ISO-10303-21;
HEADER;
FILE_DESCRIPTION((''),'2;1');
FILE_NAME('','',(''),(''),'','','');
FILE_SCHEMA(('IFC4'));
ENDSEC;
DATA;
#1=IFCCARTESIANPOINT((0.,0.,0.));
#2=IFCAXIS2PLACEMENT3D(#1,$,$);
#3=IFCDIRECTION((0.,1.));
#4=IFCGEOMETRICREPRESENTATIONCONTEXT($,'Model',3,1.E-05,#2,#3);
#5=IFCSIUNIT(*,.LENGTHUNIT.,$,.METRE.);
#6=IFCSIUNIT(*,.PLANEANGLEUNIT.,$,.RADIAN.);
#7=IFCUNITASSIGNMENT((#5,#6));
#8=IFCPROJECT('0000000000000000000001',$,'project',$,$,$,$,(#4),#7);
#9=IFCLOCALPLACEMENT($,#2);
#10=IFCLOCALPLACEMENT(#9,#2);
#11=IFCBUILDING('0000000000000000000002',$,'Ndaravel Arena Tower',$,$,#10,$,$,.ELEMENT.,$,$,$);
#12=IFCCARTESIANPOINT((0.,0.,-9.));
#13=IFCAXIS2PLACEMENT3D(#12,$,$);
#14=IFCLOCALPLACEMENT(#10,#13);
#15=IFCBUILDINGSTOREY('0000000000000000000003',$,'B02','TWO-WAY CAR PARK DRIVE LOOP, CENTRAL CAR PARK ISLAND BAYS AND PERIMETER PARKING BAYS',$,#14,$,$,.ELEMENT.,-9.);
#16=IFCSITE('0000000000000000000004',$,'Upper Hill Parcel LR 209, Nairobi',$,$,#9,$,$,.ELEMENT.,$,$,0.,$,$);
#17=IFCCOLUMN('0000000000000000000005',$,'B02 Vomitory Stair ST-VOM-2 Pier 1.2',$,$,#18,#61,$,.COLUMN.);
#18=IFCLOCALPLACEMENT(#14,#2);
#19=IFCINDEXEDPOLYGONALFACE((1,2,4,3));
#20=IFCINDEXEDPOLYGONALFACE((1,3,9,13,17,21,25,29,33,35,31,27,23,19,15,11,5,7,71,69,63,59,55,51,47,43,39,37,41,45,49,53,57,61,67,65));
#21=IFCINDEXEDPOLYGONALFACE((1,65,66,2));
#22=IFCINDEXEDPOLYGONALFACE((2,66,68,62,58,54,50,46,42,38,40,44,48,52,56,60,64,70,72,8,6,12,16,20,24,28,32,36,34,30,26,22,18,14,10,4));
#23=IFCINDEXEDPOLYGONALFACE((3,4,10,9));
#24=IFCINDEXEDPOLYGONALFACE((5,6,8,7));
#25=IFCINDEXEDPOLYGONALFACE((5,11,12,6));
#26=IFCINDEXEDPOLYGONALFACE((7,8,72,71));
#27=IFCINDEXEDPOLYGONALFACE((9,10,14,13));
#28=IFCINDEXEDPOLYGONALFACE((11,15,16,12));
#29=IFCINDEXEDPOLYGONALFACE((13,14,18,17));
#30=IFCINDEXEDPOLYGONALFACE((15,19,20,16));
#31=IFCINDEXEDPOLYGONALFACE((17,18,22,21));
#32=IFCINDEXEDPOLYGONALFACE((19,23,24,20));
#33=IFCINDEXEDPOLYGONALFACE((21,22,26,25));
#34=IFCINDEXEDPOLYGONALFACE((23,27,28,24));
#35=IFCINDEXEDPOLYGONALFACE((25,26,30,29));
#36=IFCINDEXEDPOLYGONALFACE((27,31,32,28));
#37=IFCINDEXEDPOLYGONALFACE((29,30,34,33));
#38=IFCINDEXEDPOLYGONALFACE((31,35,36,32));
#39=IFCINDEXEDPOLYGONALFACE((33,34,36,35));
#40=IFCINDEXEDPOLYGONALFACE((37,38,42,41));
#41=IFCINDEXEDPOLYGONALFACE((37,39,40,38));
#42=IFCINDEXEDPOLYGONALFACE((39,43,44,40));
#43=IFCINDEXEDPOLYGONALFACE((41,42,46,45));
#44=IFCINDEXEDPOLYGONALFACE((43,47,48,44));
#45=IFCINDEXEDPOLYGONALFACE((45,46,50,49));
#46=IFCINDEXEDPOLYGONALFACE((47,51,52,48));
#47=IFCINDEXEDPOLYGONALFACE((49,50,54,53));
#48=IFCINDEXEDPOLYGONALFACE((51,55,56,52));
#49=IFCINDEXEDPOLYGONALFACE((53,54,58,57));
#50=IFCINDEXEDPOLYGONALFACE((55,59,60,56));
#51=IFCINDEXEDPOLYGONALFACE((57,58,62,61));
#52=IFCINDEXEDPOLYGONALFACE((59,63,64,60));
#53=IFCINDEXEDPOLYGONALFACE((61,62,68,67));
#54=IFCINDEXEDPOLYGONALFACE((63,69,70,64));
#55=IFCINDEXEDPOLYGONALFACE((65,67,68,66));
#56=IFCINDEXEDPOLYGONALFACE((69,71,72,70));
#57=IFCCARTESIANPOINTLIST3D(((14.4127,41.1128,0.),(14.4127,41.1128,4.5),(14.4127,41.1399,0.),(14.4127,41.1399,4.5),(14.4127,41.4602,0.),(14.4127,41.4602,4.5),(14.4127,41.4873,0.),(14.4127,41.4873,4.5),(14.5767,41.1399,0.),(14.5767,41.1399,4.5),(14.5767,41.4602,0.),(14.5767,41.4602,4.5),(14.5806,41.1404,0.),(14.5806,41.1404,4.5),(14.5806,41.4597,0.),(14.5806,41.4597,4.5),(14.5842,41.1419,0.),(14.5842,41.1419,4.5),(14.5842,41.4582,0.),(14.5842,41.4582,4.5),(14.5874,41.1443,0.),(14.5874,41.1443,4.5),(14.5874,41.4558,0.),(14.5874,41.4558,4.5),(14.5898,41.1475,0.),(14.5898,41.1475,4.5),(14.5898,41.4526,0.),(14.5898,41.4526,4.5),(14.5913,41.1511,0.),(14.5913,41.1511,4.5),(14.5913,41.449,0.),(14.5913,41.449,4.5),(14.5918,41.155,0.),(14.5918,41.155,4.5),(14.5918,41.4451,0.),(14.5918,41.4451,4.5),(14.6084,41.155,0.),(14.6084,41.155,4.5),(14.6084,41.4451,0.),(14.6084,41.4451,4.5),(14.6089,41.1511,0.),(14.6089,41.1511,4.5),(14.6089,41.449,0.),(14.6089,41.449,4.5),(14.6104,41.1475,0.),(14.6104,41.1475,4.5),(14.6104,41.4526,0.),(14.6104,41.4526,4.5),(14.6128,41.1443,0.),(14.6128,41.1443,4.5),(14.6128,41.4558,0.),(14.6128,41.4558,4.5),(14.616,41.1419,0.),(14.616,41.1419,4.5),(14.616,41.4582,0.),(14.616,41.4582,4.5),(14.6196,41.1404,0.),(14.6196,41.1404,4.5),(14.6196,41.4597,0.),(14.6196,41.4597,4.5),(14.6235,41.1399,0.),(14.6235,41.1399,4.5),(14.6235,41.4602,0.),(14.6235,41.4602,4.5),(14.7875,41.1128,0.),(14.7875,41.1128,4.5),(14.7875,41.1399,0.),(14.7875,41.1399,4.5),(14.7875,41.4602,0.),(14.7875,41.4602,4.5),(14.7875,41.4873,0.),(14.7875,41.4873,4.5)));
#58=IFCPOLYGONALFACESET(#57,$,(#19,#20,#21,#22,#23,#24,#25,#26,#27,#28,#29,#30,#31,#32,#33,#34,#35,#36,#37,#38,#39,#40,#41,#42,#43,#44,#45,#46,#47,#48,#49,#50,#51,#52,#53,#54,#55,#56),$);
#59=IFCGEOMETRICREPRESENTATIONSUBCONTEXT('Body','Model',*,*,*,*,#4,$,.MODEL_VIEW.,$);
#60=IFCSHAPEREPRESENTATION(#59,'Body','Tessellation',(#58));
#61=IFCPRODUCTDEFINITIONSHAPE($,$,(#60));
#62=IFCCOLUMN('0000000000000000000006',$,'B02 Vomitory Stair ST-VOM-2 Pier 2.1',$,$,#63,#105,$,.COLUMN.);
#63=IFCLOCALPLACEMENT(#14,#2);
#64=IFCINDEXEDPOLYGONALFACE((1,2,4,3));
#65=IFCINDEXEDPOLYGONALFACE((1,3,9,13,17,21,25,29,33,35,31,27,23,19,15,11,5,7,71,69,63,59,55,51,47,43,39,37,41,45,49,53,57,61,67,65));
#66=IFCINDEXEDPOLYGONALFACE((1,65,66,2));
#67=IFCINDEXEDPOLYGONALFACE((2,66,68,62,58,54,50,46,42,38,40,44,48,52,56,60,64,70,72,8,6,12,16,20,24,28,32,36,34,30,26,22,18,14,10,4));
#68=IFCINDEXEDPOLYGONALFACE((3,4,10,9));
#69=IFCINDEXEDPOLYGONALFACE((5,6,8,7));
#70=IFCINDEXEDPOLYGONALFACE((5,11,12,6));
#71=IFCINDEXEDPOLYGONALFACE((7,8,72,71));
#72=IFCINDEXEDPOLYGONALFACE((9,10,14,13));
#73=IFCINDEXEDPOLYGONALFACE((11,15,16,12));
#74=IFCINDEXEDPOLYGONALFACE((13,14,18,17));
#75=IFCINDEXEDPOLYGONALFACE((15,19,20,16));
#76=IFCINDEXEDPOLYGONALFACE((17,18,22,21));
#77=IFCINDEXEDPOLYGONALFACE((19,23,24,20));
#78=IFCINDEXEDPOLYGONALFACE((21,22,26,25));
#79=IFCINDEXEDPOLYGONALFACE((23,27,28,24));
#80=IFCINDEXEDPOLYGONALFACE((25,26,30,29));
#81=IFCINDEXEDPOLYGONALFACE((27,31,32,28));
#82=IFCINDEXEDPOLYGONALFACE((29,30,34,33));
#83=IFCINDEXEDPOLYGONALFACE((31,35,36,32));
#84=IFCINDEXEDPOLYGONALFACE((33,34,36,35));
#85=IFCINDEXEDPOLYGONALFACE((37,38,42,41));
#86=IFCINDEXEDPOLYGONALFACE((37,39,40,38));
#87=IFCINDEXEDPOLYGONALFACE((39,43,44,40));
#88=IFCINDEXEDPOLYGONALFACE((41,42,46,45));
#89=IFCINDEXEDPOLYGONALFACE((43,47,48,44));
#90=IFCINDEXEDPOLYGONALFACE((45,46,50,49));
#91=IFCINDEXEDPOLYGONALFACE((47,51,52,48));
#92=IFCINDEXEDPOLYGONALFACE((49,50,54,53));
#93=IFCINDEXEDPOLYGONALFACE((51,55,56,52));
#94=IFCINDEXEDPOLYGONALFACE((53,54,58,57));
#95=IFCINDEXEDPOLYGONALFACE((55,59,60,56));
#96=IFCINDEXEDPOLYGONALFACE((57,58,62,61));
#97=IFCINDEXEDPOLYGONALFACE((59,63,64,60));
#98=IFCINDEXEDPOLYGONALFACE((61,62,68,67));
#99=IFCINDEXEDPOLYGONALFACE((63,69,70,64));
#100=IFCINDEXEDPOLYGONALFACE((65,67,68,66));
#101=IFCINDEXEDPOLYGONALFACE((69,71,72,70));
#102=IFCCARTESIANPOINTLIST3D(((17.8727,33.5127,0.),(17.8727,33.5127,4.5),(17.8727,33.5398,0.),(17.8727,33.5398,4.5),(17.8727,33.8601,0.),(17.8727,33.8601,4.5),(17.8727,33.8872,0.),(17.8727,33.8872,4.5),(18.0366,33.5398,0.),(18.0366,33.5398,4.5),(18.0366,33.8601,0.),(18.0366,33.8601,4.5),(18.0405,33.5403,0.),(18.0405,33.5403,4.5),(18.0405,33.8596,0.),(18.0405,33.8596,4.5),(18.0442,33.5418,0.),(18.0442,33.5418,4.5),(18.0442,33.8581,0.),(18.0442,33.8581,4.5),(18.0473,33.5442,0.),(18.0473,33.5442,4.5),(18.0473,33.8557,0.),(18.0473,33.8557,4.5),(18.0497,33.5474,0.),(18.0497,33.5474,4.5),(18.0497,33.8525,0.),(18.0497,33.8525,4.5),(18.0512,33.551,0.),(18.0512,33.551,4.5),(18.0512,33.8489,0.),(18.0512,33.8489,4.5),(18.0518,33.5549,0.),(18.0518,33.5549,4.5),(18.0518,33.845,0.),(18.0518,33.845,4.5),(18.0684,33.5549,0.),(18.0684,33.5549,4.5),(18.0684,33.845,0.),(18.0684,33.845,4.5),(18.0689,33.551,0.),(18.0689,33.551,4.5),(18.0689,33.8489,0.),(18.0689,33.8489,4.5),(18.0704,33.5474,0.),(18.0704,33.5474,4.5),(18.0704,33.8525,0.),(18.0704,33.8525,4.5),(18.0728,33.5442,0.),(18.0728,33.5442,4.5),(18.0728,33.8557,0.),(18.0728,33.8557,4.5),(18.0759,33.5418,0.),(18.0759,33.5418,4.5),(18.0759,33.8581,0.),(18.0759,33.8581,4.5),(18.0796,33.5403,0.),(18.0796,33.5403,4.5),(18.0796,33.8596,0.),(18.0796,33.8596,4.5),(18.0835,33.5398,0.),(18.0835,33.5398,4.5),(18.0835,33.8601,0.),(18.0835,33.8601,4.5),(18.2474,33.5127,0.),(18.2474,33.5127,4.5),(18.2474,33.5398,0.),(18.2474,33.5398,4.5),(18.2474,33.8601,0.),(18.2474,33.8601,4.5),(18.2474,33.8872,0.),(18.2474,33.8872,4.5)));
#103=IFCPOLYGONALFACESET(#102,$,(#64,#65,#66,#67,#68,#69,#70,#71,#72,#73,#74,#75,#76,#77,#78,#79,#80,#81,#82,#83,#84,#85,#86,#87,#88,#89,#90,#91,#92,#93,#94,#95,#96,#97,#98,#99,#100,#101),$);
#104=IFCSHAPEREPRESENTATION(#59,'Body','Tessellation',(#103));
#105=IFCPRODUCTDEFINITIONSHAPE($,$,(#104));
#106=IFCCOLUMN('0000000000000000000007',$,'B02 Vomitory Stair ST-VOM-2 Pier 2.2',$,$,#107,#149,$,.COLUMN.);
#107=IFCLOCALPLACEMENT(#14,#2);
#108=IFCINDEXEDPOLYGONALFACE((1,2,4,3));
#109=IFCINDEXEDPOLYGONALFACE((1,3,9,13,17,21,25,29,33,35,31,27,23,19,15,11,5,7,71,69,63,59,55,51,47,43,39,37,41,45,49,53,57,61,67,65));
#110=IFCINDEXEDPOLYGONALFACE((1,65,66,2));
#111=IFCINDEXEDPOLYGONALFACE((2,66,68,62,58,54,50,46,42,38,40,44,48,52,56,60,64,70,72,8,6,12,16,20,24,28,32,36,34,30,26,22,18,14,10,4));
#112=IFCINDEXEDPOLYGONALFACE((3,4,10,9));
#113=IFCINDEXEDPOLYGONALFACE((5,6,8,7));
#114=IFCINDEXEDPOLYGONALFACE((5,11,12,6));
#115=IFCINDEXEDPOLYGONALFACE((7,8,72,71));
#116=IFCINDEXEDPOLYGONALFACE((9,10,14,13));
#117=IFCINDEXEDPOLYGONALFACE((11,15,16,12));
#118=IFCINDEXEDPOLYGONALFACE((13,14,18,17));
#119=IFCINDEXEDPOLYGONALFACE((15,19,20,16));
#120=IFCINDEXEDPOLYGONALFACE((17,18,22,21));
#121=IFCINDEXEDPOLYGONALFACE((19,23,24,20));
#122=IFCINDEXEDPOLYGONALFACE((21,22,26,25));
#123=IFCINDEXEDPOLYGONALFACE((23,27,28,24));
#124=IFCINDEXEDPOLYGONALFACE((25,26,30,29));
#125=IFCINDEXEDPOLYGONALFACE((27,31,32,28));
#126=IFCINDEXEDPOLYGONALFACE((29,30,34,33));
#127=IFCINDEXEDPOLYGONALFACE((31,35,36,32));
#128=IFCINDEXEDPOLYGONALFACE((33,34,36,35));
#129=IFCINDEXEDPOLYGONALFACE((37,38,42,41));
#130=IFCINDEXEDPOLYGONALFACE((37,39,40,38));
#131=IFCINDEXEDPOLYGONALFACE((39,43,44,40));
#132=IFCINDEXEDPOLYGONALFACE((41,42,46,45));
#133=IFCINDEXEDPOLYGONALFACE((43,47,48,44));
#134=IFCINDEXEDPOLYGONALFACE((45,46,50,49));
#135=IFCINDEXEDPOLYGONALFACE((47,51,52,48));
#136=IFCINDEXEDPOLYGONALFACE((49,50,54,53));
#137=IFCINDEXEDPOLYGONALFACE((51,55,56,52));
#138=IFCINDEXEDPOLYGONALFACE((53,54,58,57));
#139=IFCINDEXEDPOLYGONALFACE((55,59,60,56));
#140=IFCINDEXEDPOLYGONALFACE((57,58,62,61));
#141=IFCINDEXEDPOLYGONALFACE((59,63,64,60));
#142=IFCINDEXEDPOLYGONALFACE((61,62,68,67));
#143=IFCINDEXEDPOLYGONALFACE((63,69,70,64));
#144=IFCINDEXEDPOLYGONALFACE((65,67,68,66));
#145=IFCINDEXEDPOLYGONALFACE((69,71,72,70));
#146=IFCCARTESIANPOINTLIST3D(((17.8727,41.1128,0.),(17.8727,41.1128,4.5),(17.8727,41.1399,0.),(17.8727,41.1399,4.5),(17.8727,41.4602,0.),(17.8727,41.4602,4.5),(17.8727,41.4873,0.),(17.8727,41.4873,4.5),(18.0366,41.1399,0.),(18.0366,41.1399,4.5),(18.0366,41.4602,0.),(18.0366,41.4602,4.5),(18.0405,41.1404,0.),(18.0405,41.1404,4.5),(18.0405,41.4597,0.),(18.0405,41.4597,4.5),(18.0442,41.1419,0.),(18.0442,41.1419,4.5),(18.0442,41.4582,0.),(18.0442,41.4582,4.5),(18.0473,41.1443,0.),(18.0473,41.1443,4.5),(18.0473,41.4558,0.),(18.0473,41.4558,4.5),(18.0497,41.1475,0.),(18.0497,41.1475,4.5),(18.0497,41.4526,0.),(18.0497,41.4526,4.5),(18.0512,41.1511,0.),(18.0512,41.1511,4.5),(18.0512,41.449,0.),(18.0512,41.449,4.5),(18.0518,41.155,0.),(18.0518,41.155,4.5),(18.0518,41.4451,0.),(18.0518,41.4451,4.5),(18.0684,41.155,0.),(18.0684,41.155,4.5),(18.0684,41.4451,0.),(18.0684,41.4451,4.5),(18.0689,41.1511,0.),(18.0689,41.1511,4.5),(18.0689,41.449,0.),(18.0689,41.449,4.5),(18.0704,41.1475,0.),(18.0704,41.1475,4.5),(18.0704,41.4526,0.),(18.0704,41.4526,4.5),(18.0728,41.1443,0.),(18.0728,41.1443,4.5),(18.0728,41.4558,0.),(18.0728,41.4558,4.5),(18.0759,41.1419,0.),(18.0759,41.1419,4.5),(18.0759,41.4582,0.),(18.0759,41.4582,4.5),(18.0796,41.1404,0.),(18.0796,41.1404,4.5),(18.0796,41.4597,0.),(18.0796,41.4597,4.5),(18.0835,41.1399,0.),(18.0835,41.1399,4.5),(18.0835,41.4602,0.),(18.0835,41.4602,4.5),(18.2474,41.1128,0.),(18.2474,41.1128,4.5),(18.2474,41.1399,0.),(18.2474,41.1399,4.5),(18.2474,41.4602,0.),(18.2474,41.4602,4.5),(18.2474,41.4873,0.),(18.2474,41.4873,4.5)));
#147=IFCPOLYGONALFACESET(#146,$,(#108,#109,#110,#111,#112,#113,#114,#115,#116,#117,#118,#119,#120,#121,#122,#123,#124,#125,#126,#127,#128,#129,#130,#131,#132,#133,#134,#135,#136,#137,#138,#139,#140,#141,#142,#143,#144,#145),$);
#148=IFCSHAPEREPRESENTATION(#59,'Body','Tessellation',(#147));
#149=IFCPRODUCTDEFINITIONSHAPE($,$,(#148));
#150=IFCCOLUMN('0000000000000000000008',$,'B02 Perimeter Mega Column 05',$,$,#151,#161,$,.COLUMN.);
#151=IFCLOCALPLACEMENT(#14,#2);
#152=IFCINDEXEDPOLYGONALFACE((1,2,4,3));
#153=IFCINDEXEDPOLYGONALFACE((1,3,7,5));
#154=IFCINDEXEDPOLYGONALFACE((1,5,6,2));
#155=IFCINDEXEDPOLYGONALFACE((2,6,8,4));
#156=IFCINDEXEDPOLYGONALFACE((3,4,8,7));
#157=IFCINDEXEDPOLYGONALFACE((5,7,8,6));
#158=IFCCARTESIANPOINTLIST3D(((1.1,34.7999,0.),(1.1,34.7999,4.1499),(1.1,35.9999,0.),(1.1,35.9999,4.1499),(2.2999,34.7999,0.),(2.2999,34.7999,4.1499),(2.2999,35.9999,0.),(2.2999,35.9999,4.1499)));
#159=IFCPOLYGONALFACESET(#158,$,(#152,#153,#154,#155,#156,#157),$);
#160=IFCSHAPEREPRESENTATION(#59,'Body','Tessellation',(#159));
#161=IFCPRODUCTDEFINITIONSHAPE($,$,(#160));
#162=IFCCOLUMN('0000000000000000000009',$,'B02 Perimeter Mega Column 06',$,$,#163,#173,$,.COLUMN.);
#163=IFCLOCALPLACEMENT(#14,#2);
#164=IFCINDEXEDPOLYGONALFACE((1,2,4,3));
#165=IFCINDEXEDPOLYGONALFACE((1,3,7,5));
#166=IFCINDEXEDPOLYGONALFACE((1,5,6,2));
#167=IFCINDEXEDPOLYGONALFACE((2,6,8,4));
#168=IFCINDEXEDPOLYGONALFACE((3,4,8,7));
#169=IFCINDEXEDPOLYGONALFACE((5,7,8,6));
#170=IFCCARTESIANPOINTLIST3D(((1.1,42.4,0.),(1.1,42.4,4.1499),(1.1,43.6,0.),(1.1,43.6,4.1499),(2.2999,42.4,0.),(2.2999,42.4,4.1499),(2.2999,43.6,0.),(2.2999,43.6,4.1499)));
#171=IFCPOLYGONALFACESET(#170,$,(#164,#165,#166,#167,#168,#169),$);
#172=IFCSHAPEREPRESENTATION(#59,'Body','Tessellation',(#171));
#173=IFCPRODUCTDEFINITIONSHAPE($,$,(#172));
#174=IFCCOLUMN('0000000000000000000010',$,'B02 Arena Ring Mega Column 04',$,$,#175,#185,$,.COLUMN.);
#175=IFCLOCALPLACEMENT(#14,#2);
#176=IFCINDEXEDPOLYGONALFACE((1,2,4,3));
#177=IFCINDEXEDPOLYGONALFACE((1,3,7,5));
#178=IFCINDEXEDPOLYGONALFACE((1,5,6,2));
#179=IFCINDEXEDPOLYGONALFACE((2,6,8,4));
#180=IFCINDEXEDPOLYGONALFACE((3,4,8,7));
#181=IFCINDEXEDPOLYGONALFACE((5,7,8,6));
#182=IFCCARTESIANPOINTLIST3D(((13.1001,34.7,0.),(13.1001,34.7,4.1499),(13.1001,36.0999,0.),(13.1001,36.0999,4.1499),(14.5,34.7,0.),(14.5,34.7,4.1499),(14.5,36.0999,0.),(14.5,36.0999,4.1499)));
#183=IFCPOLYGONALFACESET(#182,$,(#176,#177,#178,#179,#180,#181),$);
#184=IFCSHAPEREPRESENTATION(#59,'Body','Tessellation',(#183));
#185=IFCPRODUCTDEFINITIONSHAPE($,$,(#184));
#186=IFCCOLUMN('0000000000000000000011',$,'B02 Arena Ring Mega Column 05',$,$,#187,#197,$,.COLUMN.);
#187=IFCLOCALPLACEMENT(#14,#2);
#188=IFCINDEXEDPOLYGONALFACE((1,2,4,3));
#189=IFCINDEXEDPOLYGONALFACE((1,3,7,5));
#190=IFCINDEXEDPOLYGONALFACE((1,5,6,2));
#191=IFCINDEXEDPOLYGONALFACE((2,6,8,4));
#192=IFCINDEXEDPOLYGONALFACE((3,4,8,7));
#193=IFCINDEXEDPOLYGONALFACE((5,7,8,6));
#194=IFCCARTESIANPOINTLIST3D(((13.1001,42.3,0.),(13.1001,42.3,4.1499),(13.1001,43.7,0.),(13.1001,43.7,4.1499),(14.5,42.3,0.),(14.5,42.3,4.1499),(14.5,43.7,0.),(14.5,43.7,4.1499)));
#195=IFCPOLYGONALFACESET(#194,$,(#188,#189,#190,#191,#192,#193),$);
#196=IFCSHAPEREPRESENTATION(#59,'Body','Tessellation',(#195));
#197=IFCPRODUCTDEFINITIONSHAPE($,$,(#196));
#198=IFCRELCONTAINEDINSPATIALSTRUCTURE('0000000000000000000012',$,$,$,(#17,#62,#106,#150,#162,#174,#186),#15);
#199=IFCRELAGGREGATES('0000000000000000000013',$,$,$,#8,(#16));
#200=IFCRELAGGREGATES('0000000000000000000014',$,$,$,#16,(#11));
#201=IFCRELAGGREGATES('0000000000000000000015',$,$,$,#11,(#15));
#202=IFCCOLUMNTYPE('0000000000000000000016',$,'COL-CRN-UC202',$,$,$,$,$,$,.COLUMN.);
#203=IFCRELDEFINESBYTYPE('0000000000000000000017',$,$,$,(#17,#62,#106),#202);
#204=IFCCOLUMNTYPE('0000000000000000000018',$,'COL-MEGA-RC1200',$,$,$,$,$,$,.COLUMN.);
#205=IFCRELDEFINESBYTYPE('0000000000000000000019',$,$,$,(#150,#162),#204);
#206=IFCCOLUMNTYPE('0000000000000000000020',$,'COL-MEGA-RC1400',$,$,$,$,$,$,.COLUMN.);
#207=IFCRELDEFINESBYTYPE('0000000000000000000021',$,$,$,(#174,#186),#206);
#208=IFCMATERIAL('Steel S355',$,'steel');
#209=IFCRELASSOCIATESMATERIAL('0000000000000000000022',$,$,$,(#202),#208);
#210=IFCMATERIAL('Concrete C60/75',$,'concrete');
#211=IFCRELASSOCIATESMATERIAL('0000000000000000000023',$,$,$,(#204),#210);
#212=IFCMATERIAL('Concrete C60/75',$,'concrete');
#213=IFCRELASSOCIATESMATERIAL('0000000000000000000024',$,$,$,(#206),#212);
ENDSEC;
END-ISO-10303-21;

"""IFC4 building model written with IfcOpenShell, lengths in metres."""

from ifc_helpers import new_model, si_unit, direction, frame, origin, origin_2d, place, context, subcontext, project, spatial, rectangle, i_section, extrude, material, material_profile, profile_set, type_object, element, save


model = new_model("IFC4")

# Units and contexts
model_context = context("Model", 3, precision=1e-05, world=origin(), true_north=direction((0.0, 1.0)))
body_context = subcontext(model_context, "Body", "Model", "MODEL_VIEW")
ifc_project = project(units=[si_unit("LENGTHUNIT", "METRE"), si_unit("PLANEANGLEUNIT", "RADIAN")], contexts=[model_context])

# Site, building, storey
site_placement = place(None, origin())
site = spatial("IfcSite", under=ifc_project, at=site_placement, Name="Upper Hill Parcel LR 209, Nairobi", CompositionType="ELEMENT", RefElevation=0.0)
building_placement = place(site_placement, origin())
building = spatial("IfcBuilding", under=site, at=building_placement, Name="Ndaravel Arena Tower", CompositionType="ELEMENT")
storey_placement = place(building_placement, frame((0.0, 0.0, -9.0)))
storey = spatial("IfcBuildingStorey", under=building, at=storey_placement, Name="B02", Description="TWO-WAY CAR PARK DRIVE LOOP, CENTRAL CAR PARK ISLAND BAYS AND PERIMETER PARKING BAYS", CompositionType="ELEMENT", Elevation=-9.0)

# Columns
ifc_material_1 = material(Name="Steel S355", Category="steel")
ifc_material_profile_1 = material_profile(ifc_material_1, i_section(OverallWidth=0.3748, OverallDepth=0.3745, WebThickness=0.0166, FlangeThickness=0.0271, FilletRadius=0.0151, at=origin_2d()), Name="UC 356x368x202")
ifc_profile_set_1 = profile_set([ifc_material_profile_1], Name="Steel S355")
column_type_1 = type_object("IfcColumnType", Name="COL-CRN-UC202", PredefinedType="COLUMN", material=ifc_profile_set_1)
for number, where, z_axis, x_axis, name in (
    (1, (14.6001, 41.3, 0.0), (0.0, 0.0, 1.0), (1.0, 0.0, 0.0), "B02 Vomitory Stair ST-VOM-2 Pier 1.2"),
    (2, (18.0601, 33.7, 0.0), (0.0, 0.0, 1.0), (1.0, 0.0, 0.0), "B02 Vomitory Stair ST-VOM-2 Pier 2.1"),
    (3, (18.0601, 41.3, 0.0), (0.0, 0.0, 1.0), (1.0, 0.0, 0.0), "B02 Vomitory Stair ST-VOM-2 Pier 2.2"),
):
    element("IfcColumn", number, at=place(storey_placement, frame(where, z_axis=z_axis, x_axis=x_axis)), inside=storey, type_object=column_type_1, Name=name, PredefinedType="COLUMN", context=body_context, shape_type="SweptSolid", body=[
        extrude(i_section(OverallWidth=0.3748, OverallDepth=0.3745, WebThickness=0.0166, FlangeThickness=0.0271, FilletRadius=0.0151, at=origin_2d()), origin(), (0.0, 0.0, 1.0), 4.5),
    ])
ifc_material_2 = material(Name="Concrete C60/75", Category="concrete")
ifc_material_profile_2 = material_profile(ifc_material_2, rectangle(XDim=1.2, YDim=1.2, at=origin_2d()), Name="RC 1200x1200")
ifc_profile_set_2 = profile_set([ifc_material_profile_2], Name="Concrete C60/75")
column_type_2 = type_object("IfcColumnType", Name="COL-MEGA-RC1200", PredefinedType="COLUMN", material=ifc_profile_set_2)
for number, where, z_axis, x_axis, name in (
    (4, (1.7, 35.3999, 0.0), (0.0, 0.0, 1.0), (1.0, 0.0, 0.0), "B02 Perimeter Mega Column 05"),
    (5, (1.7, 43.0, 0.0), (0.0, 0.0, 1.0), (1.0, 0.0, 0.0), "B02 Perimeter Mega Column 06"),
):
    element("IfcColumn", number, at=place(storey_placement, frame(where, z_axis=z_axis, x_axis=x_axis)), inside=storey, type_object=column_type_2, Name=name, PredefinedType="COLUMN", context=body_context, shape_type="SweptSolid", body=[
        extrude(rectangle(XDim=1.2, YDim=1.2, at=origin_2d()), origin(), (0.0, 0.0, 1.0), 4.1499),
    ])
ifc_material_3 = material(Name="Concrete C60/75", Category="concrete")
ifc_material_profile_3 = material_profile(ifc_material_3, rectangle(XDim=1.3999, YDim=1.3999, at=origin_2d()), Name="RC 1400x1400")
ifc_profile_set_3 = profile_set([ifc_material_profile_3], Name="Concrete C60/75")
column_type_3 = type_object("IfcColumnType", Name="COL-MEGA-RC1400", PredefinedType="COLUMN", material=ifc_profile_set_3)
for number, where, z_axis, x_axis, name in (
    (6, (13.8, 35.3999, 0.0), (0.0, 0.0, 1.0), (1.0, 0.0, 0.0), "B02 Arena Ring Mega Column 04"),
    (7, (13.8, 43.0, 0.0), (0.0, 0.0, 1.0), (1.0, 0.0, 0.0), "B02 Arena Ring Mega Column 05"),
):
    element("IfcColumn", number, at=place(storey_placement, frame(where, z_axis=z_axis, x_axis=x_axis)), inside=storey, type_object=column_type_3, Name=name, PredefinedType="COLUMN", context=body_context, shape_type="SweptSolid", body=[
        extrude(rectangle(XDim=1.3999, YDim=1.3999, at=origin_2d()), origin(), (0.0, 0.0, 1.0), 4.1499),
    ])

save(model, "model.ifc")
